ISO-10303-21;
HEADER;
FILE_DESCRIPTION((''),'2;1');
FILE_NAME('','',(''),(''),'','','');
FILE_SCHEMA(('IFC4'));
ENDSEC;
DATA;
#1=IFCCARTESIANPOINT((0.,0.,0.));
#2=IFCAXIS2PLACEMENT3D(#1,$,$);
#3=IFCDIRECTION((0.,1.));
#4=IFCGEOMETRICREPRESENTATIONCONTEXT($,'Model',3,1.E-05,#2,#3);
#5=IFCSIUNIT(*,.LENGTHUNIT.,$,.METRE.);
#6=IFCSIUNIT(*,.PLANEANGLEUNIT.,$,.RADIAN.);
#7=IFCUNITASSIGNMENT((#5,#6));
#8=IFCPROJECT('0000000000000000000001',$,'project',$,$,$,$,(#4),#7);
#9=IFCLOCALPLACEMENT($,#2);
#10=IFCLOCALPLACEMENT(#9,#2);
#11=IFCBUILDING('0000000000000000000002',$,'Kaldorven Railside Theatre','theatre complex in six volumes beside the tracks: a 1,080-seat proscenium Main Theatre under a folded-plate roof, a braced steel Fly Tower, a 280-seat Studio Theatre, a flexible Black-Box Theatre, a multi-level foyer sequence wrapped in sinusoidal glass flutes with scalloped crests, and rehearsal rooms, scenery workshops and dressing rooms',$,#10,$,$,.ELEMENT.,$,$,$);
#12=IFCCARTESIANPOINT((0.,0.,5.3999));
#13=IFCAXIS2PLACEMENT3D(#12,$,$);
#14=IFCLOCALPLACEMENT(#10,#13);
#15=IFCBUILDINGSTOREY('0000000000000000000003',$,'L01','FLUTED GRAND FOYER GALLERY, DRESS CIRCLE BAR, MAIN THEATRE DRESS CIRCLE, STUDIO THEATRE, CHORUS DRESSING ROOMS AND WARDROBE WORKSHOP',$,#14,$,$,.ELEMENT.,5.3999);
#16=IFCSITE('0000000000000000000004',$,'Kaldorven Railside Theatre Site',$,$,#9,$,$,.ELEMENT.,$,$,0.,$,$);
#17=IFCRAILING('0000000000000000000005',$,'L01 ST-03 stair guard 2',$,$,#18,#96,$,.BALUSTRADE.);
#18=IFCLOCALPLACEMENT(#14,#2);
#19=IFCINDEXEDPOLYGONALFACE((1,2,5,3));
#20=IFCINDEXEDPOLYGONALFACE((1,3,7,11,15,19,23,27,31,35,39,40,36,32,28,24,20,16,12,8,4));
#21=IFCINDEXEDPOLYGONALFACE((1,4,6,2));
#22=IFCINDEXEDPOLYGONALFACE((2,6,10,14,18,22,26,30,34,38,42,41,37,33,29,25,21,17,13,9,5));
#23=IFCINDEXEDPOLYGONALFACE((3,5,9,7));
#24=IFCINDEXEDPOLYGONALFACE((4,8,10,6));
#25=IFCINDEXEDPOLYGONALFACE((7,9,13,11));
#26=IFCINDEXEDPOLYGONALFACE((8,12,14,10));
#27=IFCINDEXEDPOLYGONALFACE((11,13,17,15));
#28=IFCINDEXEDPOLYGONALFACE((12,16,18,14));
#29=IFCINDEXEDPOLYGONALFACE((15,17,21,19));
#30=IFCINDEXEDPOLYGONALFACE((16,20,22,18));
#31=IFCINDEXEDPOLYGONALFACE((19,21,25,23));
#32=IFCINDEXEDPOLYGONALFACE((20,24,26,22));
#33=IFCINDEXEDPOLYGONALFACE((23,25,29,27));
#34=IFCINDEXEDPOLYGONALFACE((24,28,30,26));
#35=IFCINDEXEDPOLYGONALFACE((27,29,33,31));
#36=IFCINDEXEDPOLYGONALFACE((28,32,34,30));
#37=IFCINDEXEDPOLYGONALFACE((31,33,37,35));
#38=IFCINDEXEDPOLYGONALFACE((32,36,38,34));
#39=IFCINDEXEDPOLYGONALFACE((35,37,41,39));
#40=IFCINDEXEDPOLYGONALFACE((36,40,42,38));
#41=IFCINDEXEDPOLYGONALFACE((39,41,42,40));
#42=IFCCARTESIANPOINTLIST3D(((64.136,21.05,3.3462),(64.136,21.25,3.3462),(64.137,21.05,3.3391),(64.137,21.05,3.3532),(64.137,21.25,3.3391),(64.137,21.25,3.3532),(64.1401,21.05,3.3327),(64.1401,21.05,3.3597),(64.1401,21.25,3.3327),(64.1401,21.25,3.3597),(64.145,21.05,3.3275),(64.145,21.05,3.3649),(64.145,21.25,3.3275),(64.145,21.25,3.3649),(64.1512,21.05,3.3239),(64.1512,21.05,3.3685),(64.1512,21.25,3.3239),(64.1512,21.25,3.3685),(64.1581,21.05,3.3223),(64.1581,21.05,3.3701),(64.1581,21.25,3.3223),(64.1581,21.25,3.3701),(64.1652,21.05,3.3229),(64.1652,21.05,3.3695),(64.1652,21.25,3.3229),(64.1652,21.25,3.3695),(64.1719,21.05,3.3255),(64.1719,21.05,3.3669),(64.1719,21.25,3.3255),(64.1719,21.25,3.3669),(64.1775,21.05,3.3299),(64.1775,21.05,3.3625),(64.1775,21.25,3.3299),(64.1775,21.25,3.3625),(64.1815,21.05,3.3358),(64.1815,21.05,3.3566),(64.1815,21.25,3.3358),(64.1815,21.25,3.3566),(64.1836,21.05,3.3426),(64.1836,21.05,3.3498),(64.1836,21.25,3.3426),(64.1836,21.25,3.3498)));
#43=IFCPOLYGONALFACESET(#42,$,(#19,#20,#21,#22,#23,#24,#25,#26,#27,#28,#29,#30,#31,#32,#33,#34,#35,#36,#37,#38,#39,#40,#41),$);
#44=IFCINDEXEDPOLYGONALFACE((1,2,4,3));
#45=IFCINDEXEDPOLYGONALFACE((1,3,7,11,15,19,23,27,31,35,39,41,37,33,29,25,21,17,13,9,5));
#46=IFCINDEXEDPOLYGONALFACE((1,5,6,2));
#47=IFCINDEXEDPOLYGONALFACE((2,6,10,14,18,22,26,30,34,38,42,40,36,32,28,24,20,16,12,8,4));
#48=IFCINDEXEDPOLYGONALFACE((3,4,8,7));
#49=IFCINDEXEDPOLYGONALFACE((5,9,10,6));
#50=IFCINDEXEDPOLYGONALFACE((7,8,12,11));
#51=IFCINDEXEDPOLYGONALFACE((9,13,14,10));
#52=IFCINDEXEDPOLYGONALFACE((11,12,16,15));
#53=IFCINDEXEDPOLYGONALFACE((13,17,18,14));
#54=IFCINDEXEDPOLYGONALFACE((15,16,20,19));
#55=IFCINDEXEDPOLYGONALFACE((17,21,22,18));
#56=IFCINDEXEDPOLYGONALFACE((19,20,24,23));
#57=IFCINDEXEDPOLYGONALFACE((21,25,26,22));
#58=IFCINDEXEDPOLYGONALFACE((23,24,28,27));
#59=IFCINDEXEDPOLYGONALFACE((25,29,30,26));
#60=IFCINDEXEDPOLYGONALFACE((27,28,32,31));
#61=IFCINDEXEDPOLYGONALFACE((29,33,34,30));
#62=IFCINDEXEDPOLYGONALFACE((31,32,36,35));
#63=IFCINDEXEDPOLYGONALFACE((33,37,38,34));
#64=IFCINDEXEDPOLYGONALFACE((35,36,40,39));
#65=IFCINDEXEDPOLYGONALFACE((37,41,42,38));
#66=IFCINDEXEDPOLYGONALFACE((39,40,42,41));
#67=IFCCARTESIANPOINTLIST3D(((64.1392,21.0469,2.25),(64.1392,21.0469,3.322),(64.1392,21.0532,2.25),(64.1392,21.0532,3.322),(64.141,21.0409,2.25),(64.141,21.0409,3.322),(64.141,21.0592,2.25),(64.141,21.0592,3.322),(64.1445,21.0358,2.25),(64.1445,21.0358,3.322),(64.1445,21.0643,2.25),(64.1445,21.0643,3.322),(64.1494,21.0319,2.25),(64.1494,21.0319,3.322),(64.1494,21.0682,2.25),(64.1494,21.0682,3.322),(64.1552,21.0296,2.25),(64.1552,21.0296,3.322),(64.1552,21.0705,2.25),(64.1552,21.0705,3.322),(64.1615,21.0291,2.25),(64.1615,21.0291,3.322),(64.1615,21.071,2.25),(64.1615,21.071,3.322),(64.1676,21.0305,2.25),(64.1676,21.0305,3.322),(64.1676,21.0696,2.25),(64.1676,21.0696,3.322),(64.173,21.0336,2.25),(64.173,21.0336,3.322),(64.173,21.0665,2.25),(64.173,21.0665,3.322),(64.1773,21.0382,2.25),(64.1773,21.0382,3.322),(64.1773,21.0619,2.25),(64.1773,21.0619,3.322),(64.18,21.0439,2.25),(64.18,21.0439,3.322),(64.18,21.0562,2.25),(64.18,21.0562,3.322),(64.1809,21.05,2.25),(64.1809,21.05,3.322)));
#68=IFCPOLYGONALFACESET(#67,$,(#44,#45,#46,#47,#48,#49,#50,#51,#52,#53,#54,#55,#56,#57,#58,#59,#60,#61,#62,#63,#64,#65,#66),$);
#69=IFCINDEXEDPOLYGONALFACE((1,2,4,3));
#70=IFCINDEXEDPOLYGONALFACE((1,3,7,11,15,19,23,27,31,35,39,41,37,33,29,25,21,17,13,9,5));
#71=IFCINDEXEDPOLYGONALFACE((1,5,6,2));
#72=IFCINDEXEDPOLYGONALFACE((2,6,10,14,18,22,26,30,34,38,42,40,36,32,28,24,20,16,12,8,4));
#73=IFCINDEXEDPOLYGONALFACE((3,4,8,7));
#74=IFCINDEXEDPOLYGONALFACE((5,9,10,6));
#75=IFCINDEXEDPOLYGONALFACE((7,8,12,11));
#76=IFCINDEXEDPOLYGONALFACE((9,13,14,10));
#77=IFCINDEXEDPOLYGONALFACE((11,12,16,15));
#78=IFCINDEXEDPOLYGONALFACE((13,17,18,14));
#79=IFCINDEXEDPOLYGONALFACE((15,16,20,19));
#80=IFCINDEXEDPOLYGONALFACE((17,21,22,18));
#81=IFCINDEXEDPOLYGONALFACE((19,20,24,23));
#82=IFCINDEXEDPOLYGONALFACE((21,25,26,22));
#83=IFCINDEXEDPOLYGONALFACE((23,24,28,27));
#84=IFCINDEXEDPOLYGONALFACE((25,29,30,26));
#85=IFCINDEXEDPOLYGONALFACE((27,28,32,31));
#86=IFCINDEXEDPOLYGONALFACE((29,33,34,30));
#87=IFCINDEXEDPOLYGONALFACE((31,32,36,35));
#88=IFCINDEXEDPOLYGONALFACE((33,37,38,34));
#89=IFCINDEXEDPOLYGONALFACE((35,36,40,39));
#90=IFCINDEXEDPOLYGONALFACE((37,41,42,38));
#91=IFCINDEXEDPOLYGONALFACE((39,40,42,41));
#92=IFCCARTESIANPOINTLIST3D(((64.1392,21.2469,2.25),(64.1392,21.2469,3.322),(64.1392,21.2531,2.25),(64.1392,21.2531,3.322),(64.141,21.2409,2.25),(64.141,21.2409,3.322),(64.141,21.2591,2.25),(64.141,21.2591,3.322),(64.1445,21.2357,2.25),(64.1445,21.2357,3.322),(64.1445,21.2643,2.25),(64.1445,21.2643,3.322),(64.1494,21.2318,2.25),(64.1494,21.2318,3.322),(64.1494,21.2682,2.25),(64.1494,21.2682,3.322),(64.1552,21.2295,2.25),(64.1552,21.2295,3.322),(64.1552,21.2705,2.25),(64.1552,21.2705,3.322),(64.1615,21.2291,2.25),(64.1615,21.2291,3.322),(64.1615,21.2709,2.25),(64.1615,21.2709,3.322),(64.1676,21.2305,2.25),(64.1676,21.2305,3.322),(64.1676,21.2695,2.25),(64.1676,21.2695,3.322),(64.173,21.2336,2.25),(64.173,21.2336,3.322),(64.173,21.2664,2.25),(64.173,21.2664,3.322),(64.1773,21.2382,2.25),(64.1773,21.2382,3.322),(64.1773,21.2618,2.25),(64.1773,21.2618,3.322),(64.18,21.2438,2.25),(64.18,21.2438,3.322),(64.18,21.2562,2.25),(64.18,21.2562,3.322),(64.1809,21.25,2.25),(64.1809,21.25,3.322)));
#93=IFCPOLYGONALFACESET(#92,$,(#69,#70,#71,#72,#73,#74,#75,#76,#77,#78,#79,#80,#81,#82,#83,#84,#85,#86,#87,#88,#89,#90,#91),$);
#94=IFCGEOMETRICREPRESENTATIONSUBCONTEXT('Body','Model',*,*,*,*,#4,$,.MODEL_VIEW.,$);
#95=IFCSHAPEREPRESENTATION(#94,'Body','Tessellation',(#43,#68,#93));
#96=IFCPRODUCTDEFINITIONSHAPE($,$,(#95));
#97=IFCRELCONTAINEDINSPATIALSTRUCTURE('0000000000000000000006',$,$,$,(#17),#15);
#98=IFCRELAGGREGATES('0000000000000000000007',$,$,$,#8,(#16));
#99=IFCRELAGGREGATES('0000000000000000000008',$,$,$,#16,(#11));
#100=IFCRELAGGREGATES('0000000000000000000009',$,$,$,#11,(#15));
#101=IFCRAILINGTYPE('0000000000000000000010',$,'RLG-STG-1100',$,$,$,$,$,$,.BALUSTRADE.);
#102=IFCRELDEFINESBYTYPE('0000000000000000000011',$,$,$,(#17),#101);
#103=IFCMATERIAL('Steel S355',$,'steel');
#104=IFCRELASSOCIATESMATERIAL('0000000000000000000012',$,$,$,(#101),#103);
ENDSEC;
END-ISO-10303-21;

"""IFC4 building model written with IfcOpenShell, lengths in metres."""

from ifc_helpers import new_model, si_unit, direction, frame, origin, origin_2d, place, context, subcontext, project, spatial, circle, extrude, material, type_object, element, save


model = new_model("IFC4")

# Units and contexts
model_context = context("Model", 3, precision=1e-05, world=origin(), true_north=direction((0.0, 1.0)))
body_context = subcontext(model_context, "Body", "Model", "MODEL_VIEW")
ifc_project = project(units=[si_unit("LENGTHUNIT", "METRE"), si_unit("PLANEANGLEUNIT", "RADIAN")], contexts=[model_context])

# Site, building, storey
site_placement = place(None, origin())
site = spatial("IfcSite", under=ifc_project, at=site_placement, Name="Kaldorven Railside Theatre Site", CompositionType="ELEMENT", RefElevation=0.0)
building_placement = place(site_placement, origin())
building = spatial("IfcBuilding", under=site, at=building_placement, Name="Kaldorven Railside Theatre", Description="theatre complex in six volumes beside the tracks: a 1,080-seat proscenium Main Theatre under a folded-plate roof, a braced steel Fly Tower, a 280-seat Studio Theatre, a flexible Black-Box Theatre, a multi-level foyer sequence wrapped in sinusoidal glass flutes with scalloped crests, and rehearsal rooms, scenery workshops and dressing rooms", CompositionType="ELEMENT")
storey_placement = place(building_placement, frame((0.0, 0.0, 5.3999)))
storey = spatial("IfcBuildingStorey", under=building, at=storey_placement, Name="L01", Description="FLUTED GRAND FOYER GALLERY, DRESS CIRCLE BAR, MAIN THEATRE DRESS CIRCLE, STUDIO THEATRE, CHORUS DRESSING ROOMS AND WARDROBE WORKSHOP", CompositionType="ELEMENT", Elevation=5.3999)

# Shared definitions
ifc_material_1 = material(Name="Steel S355", Category="steel")

# Railing
railing_type_1 = type_object("IfcRailingType", Name="RLG-STG-1100", PredefinedType="BALUSTRADE", material=ifc_material_1)
railing_1_placement = place(storey_placement, frame((64.1599, 21.05, 2.25)))
element("IfcRailing", 1, at=railing_1_placement, inside=storey, type_object=railing_type_1, Name="L01 ST-03 stair guard 2", PredefinedType="BALUSTRADE", context=body_context, shape_type="SweptSolid", body=[
    extrude(circle(Radius=0.0239, at=origin_2d()), frame((0.0, 0.0, 1.0962), z_axis=(0.0, 1.0, 0.0), x_axis=(-1.0, 0.0, 0.0)), (0.0, 0.0, 1.0), 0.2),
    extrude(circle(Radius=0.021, at=origin_2d()), origin(), (0.0, 0.0, 1.0), 1.072),
    extrude(circle(Radius=0.021, at=origin_2d()), frame((0.0, 0.2, 0.0)), (0.0, 0.0, 1.0), 1.072),
])

save(model, "model.ifc")
